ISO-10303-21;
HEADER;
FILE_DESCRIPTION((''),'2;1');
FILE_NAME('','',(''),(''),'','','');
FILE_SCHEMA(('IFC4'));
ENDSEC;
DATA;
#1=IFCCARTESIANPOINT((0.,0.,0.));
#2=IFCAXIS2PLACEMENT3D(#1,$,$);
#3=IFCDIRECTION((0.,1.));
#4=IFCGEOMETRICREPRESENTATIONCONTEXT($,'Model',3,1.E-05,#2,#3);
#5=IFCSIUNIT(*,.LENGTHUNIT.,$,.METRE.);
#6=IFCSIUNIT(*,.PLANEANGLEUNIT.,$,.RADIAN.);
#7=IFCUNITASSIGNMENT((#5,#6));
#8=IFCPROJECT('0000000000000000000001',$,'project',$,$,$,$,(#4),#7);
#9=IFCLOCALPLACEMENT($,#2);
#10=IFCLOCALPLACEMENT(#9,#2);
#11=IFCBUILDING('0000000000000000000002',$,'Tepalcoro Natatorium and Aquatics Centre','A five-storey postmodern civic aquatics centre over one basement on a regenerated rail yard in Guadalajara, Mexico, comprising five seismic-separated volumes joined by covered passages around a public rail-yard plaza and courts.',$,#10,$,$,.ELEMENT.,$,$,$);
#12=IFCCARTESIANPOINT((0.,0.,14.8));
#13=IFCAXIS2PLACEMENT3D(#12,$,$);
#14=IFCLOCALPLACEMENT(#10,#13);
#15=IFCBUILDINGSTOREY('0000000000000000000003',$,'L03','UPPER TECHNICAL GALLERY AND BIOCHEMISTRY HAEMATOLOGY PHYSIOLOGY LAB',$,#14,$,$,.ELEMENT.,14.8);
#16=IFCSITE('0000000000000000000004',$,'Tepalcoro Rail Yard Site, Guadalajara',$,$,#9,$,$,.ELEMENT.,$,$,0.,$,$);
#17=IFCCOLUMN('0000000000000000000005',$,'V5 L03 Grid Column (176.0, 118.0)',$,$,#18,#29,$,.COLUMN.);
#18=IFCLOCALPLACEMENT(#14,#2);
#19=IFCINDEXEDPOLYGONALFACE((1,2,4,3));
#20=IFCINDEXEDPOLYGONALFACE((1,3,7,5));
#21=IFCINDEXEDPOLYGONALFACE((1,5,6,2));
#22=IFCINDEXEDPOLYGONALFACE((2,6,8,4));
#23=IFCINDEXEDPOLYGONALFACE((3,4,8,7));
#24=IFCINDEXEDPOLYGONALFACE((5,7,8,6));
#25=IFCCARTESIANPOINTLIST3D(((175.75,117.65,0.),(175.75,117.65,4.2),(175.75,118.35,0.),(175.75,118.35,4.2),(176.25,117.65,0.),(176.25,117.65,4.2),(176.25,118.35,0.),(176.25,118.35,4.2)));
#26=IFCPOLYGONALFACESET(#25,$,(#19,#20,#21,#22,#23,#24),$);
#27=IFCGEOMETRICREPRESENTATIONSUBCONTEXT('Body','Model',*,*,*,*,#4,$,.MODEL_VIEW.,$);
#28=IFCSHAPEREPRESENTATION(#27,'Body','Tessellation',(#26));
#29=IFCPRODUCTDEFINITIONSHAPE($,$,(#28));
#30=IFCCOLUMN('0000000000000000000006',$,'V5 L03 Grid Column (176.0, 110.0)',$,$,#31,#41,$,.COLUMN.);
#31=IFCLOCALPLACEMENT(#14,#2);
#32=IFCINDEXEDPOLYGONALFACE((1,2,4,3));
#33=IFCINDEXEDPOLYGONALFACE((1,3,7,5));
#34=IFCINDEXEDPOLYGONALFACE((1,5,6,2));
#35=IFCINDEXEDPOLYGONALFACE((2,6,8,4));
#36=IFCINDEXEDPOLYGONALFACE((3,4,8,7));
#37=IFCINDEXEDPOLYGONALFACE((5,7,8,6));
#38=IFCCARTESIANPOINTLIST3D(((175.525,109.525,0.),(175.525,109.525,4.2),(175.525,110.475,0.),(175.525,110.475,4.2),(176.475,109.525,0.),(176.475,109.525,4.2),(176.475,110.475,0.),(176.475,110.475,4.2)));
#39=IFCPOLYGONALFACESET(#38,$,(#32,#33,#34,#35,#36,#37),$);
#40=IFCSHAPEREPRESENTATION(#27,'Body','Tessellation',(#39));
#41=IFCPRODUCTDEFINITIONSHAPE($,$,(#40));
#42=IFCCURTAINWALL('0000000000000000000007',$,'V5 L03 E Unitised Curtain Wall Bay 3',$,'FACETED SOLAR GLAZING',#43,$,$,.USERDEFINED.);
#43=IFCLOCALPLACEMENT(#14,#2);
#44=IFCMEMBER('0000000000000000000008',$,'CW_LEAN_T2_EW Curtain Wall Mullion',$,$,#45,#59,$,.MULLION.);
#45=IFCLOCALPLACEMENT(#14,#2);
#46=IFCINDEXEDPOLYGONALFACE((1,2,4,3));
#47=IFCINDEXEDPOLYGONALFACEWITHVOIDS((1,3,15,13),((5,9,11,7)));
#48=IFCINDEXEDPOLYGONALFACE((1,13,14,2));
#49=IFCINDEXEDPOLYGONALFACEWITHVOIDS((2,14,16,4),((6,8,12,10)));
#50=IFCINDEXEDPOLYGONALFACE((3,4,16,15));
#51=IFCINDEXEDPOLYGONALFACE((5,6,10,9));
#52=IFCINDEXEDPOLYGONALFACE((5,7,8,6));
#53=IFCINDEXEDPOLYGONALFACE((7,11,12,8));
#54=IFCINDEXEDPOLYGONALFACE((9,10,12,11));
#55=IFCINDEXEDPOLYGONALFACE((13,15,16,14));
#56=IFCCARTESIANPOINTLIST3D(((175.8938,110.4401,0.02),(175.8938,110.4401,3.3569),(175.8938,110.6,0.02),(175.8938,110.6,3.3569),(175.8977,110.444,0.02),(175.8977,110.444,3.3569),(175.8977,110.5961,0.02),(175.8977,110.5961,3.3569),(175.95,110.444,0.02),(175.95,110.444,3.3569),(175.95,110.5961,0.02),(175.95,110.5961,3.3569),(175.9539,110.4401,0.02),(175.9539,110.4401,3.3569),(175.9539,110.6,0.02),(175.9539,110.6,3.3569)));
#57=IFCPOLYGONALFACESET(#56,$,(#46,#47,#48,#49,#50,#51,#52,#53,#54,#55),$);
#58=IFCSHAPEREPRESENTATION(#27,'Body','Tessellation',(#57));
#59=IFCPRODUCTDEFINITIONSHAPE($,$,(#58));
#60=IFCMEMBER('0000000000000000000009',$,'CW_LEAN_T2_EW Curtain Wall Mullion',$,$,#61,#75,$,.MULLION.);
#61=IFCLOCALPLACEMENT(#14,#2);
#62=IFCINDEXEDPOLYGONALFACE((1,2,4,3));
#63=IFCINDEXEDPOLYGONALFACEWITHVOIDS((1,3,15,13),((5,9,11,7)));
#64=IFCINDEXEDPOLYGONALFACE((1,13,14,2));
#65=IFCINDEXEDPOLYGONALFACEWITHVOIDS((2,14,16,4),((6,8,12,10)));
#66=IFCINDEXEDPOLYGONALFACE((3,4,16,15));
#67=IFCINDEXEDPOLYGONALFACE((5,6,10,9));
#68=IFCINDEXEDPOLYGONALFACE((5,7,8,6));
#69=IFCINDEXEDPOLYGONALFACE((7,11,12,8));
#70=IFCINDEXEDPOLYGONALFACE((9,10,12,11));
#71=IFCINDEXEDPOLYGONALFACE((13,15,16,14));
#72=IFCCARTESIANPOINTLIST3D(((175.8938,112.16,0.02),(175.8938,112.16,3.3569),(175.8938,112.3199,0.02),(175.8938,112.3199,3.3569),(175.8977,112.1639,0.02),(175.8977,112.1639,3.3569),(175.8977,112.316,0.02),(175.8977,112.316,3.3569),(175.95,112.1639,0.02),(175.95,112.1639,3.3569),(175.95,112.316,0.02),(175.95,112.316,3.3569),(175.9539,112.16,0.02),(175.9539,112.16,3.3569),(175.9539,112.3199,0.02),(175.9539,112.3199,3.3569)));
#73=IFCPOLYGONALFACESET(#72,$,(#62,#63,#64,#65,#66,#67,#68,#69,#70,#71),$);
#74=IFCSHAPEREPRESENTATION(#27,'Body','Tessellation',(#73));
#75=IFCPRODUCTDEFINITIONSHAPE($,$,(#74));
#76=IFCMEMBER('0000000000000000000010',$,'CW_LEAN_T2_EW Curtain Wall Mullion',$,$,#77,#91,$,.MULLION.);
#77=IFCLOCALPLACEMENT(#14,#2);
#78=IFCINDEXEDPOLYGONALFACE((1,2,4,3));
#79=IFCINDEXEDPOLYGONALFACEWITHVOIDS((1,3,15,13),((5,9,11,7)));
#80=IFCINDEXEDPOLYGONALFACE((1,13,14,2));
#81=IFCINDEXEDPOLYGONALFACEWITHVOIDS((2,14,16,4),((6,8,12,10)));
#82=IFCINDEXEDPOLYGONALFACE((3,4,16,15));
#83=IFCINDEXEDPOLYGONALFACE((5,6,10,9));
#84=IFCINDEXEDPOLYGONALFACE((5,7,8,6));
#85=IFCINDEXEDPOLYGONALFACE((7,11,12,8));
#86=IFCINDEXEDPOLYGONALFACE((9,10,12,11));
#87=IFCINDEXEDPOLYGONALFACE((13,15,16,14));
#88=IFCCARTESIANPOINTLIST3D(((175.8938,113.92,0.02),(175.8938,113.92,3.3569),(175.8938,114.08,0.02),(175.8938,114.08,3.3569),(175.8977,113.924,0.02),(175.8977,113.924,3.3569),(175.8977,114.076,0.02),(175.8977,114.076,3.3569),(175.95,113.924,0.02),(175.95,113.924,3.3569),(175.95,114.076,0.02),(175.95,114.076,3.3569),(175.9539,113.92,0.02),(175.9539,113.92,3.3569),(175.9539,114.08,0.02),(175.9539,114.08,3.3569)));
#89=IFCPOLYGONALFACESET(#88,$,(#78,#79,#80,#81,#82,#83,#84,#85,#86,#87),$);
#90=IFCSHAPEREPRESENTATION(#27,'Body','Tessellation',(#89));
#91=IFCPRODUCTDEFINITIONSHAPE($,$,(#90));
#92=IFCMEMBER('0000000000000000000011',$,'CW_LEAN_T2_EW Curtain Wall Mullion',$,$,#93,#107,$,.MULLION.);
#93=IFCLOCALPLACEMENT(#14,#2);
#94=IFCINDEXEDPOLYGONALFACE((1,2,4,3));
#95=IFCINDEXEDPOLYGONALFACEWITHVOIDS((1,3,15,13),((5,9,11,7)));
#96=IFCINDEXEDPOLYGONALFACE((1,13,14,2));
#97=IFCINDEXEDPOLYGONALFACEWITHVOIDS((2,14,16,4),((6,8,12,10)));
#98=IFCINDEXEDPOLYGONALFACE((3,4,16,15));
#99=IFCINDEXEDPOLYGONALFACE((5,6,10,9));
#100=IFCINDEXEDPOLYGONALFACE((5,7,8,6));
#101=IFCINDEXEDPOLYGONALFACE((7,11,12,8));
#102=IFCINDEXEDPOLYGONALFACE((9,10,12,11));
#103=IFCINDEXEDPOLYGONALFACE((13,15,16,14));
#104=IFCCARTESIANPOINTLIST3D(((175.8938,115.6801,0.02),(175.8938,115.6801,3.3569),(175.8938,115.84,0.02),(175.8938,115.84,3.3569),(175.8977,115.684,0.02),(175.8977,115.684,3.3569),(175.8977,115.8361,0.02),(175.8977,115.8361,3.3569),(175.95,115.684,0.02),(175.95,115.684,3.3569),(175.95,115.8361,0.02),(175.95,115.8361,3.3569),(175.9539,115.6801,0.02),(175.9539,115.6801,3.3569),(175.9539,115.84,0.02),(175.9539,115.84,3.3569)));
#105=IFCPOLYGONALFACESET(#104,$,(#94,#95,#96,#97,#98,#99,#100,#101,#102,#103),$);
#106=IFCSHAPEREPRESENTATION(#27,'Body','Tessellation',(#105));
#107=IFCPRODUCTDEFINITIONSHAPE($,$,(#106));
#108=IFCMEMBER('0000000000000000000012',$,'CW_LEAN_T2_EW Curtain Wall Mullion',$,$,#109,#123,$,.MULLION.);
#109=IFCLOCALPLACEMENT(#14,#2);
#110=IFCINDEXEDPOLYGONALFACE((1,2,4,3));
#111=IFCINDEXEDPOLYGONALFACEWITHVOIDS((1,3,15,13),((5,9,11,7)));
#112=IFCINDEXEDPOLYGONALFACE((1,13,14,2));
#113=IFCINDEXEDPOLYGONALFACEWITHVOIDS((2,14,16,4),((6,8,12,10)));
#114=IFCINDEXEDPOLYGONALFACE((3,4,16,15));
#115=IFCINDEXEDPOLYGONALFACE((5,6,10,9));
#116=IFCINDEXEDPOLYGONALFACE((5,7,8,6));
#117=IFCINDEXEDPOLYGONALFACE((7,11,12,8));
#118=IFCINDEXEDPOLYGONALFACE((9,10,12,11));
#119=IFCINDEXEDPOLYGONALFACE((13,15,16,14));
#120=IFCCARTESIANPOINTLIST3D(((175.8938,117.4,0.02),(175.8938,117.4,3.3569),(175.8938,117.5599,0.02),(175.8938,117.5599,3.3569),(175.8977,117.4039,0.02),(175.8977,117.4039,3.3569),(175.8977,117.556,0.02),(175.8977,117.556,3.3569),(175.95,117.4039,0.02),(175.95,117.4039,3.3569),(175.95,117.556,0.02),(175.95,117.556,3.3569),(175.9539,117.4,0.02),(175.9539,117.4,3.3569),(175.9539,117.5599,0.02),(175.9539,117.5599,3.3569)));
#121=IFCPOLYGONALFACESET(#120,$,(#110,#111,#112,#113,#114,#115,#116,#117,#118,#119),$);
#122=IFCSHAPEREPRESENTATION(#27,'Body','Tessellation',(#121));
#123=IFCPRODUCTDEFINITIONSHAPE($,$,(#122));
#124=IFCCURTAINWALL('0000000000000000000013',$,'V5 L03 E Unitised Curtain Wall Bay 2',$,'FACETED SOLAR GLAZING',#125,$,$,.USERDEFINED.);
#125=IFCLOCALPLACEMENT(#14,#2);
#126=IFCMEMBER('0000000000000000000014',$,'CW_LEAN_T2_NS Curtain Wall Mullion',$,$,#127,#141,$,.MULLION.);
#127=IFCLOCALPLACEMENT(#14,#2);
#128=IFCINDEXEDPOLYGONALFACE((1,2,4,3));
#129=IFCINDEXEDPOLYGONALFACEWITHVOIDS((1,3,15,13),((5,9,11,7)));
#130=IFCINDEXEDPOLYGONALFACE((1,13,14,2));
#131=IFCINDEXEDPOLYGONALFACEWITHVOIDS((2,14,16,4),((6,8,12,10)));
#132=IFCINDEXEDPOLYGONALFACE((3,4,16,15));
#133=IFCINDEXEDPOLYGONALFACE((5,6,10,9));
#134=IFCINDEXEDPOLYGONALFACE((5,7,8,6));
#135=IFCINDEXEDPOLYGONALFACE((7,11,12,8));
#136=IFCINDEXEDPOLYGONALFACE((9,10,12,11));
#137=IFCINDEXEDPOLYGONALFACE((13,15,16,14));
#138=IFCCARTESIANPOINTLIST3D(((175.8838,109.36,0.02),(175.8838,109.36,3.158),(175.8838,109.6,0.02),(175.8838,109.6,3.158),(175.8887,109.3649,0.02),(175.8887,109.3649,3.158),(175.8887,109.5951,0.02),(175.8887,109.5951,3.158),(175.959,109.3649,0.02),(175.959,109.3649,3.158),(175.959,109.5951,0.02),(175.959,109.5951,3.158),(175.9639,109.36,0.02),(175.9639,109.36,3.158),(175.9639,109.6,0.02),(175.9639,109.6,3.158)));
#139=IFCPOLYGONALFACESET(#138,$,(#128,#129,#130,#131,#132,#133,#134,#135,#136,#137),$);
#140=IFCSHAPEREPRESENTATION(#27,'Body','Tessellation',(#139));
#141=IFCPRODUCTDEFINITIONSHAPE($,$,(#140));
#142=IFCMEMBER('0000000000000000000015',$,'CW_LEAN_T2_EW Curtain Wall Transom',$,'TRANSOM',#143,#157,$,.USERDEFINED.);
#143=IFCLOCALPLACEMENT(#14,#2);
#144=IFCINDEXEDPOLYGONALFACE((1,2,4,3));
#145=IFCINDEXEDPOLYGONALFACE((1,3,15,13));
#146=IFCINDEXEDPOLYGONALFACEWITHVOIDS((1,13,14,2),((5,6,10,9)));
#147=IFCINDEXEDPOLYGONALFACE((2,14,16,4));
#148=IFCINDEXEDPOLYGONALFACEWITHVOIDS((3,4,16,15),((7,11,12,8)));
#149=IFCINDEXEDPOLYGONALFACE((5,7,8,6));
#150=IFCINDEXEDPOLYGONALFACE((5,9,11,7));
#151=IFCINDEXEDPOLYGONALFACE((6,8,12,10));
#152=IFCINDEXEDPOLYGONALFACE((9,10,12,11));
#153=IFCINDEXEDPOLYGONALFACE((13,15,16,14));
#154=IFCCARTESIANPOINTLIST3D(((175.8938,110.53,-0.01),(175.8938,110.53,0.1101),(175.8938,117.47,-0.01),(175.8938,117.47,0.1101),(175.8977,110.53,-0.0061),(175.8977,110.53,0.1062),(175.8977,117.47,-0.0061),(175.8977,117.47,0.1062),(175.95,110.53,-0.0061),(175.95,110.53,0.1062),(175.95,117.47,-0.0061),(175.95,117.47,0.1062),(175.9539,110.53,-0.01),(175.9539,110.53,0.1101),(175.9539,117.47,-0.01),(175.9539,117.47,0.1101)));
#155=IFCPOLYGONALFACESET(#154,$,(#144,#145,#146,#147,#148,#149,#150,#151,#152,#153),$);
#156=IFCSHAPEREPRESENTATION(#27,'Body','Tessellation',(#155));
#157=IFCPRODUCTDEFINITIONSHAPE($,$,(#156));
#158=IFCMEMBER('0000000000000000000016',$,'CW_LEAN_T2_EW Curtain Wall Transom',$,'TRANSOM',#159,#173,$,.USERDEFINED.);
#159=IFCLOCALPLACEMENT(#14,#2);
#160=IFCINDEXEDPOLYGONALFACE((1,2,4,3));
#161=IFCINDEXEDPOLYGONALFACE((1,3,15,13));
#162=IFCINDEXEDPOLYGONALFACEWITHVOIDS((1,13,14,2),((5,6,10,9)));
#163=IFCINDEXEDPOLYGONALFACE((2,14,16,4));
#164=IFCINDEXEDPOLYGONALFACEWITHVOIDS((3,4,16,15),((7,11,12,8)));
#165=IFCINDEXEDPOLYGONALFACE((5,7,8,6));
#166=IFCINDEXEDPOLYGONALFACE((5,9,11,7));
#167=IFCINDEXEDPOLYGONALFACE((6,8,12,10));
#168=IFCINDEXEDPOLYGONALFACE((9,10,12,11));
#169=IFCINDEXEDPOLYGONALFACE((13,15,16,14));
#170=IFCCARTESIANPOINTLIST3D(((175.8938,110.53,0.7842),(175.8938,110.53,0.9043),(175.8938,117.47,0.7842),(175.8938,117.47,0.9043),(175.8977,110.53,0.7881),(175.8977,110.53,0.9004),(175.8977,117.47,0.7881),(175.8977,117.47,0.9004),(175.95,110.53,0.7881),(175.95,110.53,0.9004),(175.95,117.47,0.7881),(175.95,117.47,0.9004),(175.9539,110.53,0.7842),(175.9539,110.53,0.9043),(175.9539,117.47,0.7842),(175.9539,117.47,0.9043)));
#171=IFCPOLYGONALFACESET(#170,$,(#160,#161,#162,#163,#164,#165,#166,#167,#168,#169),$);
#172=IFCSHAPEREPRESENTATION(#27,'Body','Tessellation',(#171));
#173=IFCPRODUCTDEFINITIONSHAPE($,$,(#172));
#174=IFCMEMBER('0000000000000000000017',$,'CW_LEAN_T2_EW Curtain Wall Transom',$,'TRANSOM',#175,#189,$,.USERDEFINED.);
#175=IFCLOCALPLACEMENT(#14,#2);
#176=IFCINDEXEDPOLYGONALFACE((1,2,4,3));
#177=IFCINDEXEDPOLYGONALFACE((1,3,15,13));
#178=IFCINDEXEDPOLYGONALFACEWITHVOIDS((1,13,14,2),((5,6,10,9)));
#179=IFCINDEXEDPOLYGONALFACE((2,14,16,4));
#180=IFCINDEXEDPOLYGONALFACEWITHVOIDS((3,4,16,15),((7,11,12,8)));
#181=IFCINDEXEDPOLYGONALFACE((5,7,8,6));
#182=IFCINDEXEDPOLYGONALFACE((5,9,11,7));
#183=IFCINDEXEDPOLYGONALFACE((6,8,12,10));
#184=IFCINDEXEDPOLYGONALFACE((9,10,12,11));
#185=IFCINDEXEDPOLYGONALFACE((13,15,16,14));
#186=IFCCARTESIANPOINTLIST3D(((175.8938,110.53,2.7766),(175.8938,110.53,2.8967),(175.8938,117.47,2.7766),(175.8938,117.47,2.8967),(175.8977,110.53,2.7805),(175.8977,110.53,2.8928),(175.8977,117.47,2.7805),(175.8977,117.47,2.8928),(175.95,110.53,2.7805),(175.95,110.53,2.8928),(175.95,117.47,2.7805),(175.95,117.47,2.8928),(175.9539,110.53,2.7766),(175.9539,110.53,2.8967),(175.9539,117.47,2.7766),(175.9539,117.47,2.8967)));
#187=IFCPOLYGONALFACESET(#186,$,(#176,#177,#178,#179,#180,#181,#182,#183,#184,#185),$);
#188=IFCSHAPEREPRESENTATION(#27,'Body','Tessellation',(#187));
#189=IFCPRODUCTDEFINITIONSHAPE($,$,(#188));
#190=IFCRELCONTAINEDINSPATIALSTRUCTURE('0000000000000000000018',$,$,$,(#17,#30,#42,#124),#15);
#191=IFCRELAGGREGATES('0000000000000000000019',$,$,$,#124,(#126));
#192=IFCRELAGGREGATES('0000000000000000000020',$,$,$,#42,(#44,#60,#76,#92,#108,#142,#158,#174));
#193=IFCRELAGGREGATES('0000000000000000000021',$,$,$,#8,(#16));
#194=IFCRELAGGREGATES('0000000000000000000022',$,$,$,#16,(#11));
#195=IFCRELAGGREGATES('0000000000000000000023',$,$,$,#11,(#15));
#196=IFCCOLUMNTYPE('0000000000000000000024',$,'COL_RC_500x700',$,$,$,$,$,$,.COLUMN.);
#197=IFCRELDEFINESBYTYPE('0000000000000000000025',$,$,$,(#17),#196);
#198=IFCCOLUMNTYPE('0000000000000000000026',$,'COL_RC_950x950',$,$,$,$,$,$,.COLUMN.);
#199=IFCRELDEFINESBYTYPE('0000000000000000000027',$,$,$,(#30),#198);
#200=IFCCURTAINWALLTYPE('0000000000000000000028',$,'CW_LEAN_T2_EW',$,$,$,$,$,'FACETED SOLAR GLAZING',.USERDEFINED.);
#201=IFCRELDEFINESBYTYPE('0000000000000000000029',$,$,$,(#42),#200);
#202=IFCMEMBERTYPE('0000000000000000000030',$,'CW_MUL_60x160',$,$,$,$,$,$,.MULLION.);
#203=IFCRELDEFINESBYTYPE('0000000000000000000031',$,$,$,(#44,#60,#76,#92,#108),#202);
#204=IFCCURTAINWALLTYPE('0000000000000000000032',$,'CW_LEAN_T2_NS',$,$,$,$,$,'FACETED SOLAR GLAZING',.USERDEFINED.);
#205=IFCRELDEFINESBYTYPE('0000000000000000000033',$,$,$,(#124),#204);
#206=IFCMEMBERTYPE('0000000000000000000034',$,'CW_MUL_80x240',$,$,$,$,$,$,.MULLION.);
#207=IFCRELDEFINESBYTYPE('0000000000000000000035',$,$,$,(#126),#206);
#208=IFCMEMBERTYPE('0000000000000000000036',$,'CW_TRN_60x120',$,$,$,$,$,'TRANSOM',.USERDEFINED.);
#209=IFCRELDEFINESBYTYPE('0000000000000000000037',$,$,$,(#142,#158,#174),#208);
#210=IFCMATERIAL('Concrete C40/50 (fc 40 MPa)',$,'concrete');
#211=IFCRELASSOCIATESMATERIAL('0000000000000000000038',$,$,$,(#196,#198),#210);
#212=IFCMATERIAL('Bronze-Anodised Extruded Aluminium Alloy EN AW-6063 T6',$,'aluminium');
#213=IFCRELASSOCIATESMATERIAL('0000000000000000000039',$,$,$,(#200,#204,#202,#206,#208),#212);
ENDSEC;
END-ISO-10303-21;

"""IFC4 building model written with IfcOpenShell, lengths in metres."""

from ifc_helpers import new_model, si_unit, direction, frame, origin, origin_2d, place, context, subcontext, project, spatial, rectangle, hollow_rectangle, extrude, material, material_profile, profile_set, type_object, element, aggregate, save


model = new_model("IFC4")

# Units and contexts
model_context = context("Model", 3, precision=1e-05, world=origin(), true_north=direction((0.0, 1.0)))
body_context = subcontext(model_context, "Body", "Model", "MODEL_VIEW")
ifc_project = project(units=[si_unit("LENGTHUNIT", "METRE"), si_unit("PLANEANGLEUNIT", "RADIAN")], contexts=[model_context])

# Site, building, storey
site_placement = place(None, origin())
site = spatial("IfcSite", under=ifc_project, at=site_placement, Name="Tepalcoro Rail Yard Site, Guadalajara", CompositionType="ELEMENT", RefElevation=0.0)
building_placement = place(site_placement, origin())
building = spatial("IfcBuilding", under=site, at=building_placement, Name="Tepalcoro Natatorium and Aquatics Centre", Description="A five-storey postmodern civic aquatics centre over one basement on a regenerated rail yard in Guadalajara, Mexico, comprising five seismic-separated volumes joined by covered passages around a public rail-yard plaza and courts.", CompositionType="ELEMENT")
storey_placement = place(building_placement, frame((0.0, 0.0, 14.8)))
storey = spatial("IfcBuildingStorey", under=building, at=storey_placement, Name="L03", Description="UPPER TECHNICAL GALLERY AND BIOCHEMISTRY HAEMATOLOGY PHYSIOLOGY LAB", CompositionType="ELEMENT", Elevation=14.8)

# Columns
ifc_material_1 = material(Name="Concrete C40/50 (fc 40 MPa)", Category="concrete")
ifc_material_profile_1 = material_profile(ifc_material_1, rectangle(XDim=0.5, YDim=0.7, at=origin_2d()), Name="RC500x700")
ifc_profile_set_1 = profile_set([ifc_material_profile_1], Name="Concrete C40/50 (fc 40 MPa)")
column_type_1 = type_object("IfcColumnType", Name="COL_RC_500x700", PredefinedType="COLUMN", material=ifc_profile_set_1)
column_1_placement = place(storey_placement, frame((176.0, 118.0, 0.0), z_axis=(0.0, 0.0, 1.0), x_axis=(1.0, 0.0, 0.0)))
element("IfcColumn", 1, at=column_1_placement, inside=storey, type_object=column_type_1, Name="V5 L03 Grid Column (176.0, 118.0)", PredefinedType="COLUMN", context=body_context, shape_type="SweptSolid", body=[
    extrude(rectangle(XDim=0.5, YDim=0.7, at=origin_2d()), origin(), (0.0, 0.0, 1.0), 4.2),
])
ifc_material_profile_2 = material_profile(ifc_material_1, rectangle(XDim=0.95, YDim=0.95, at=origin_2d()), Name="RC950x950")
ifc_profile_set_2 = profile_set([ifc_material_profile_2], Name="Concrete C40/50 (fc 40 MPa)")
column_type_2 = type_object("IfcColumnType", Name="COL_RC_950x950", PredefinedType="COLUMN", material=ifc_profile_set_2)
column_2_placement = place(storey_placement, frame((176.0, 110.0, 0.0), z_axis=(0.0, 0.0, 1.0), x_axis=(1.0, 0.0, 0.0)))
element("IfcColumn", 2, at=column_2_placement, inside=storey, type_object=column_type_2, Name="V5 L03 Grid Column (176.0, 110.0)", PredefinedType="COLUMN", context=body_context, shape_type="SweptSolid", body=[
    extrude(rectangle(XDim=0.95, YDim=0.95, at=origin_2d()), origin(), (0.0, 0.0, 1.0), 4.2),
])

# Curtain wall, members
ifc_material_2 = material(Name="Bronze-Anodised Extruded Aluminium Alloy EN AW-6063 T6", Category="aluminium")
curtain_wall_type_1 = type_object("IfcCurtainWallType", Name="CW_LEAN_T2_EW", ElementType="FACETED SOLAR GLAZING", PredefinedType="USERDEFINED", material=ifc_material_2)
curtain_wall_1_placement = place(storey_placement, origin())
curtain_wall_1 = element("IfcCurtainWall", 3, at=curtain_wall_1_placement, inside=storey, type_object=curtain_wall_type_1, Name="V5 L03 E Unitised Curtain Wall Bay 3", ObjectType="FACETED SOLAR GLAZING", PredefinedType="USERDEFINED")
ifc_material_profile_3 = material_profile(ifc_material_2, hollow_rectangle(XDim=0.0601, YDim=0.1599, WallThickness=0.0039, at=origin_2d()), Name="AL60X160X4")
ifc_profile_set_3 = profile_set([ifc_material_profile_3], Name="Bronze-Anodised Extruded Aluminium Alloy EN AW-6063 T6")
member_type_1 = type_object("IfcMemberType", Name="CW_MUL_60x160", PredefinedType="MULLION", material=ifc_profile_set_3)
member_1_placement = place(storey_placement, frame((175.9238, 110.52, 0.02), z_axis=(0.0, 0.0, 1.0), x_axis=(1.0, 0.0, 0.0)))
member_1 = element("IfcMember", 4, at=member_1_placement, type_object=member_type_1, Name="CW_LEAN_T2_EW Curtain Wall Mullion", PredefinedType="MULLION", context=body_context, shape_type="SweptSolid", body=[
    extrude(hollow_rectangle(XDim=0.0601, YDim=0.1599, WallThickness=0.0039, at=origin_2d()), origin(), (0.0, 0.0, 1.0), 3.3369),
])
member_2_placement = place(storey_placement, frame((175.9238, 112.24, 0.02), z_axis=(0.0, 0.0, 1.0), x_axis=(1.0, 0.0, 0.0)))
member_2 = element("IfcMember", 5, at=member_2_placement, type_object=member_type_1, Name="CW_LEAN_T2_EW Curtain Wall Mullion", PredefinedType="MULLION", context=body_context, shape_type="SweptSolid", body=[
    extrude(hollow_rectangle(XDim=0.0601, YDim=0.1599, WallThickness=0.0039, at=origin_2d()), origin(), (0.0, 0.0, 1.0), 3.3369),
])
member_3_placement = place(storey_placement, frame((175.9238, 114.0, 0.02), z_axis=(0.0, 0.0, 1.0), x_axis=(1.0, 0.0, 0.0)))
member_3 = element("IfcMember", 6, at=member_3_placement, type_object=member_type_1, Name="CW_LEAN_T2_EW Curtain Wall Mullion", PredefinedType="MULLION", context=body_context, shape_type="SweptSolid", body=[
    extrude(hollow_rectangle(XDim=0.0601, YDim=0.1599, WallThickness=0.0039, at=origin_2d()), origin(), (0.0, 0.0, 1.0), 3.3369),
])
member_4_placement = place(storey_placement, frame((175.9238, 115.76, 0.02), z_axis=(0.0, 0.0, 1.0), x_axis=(1.0, 0.0, 0.0)))
member_4 = element("IfcMember", 7, at=member_4_placement, type_object=member_type_1, Name="CW_LEAN_T2_EW Curtain Wall Mullion", PredefinedType="MULLION", context=body_context, shape_type="SweptSolid", body=[
    extrude(hollow_rectangle(XDim=0.0601, YDim=0.1599, WallThickness=0.0039, at=origin_2d()), origin(), (0.0, 0.0, 1.0), 3.3369),
])
member_5_placement = place(storey_placement, frame((175.9238, 117.48, 0.02), z_axis=(0.0, 0.0, 1.0), x_axis=(1.0, 0.0, 0.0)))
member_5 = element("IfcMember", 8, at=member_5_placement, type_object=member_type_1, Name="CW_LEAN_T2_EW Curtain Wall Mullion", PredefinedType="MULLION", context=body_context, shape_type="SweptSolid", body=[
    extrude(hollow_rectangle(XDim=0.0601, YDim=0.1599, WallThickness=0.0039, at=origin_2d()), origin(), (0.0, 0.0, 1.0), 3.3369),
])

# Curtain wall, member
curtain_wall_type_2 = type_object("IfcCurtainWallType", Name="CW_LEAN_T2_NS", ElementType="FACETED SOLAR GLAZING", PredefinedType="USERDEFINED", material=ifc_material_2)
curtain_wall_2_placement = place(storey_placement, origin())
curtain_wall_2 = element("IfcCurtainWall", 9, at=curtain_wall_2_placement, inside=storey, type_object=curtain_wall_type_2, Name="V5 L03 E Unitised Curtain Wall Bay 2", ObjectType="FACETED SOLAR GLAZING", PredefinedType="USERDEFINED")
ifc_material_profile_4 = material_profile(ifc_material_2, hollow_rectangle(XDim=0.0801, YDim=0.24, WallThickness=0.0049, at=origin_2d()), Name="AL80X240X5")
ifc_profile_set_4 = profile_set([ifc_material_profile_4], Name="Bronze-Anodised Extruded Aluminium Alloy EN AW-6063 T6")
member_type_2 = type_object("IfcMemberType", Name="CW_MUL_80x240", PredefinedType="MULLION", material=ifc_profile_set_4)
member_6_placement = place(storey_placement, frame((175.9238, 109.48, 0.02), z_axis=(0.0, 0.0, 1.0), x_axis=(1.0, 0.0, 0.0)))
member_6 = element("IfcMember", 10, at=member_6_placement, type_object=member_type_2, Name="CW_LEAN_T2_NS Curtain Wall Mullion", PredefinedType="MULLION", context=body_context, shape_type="SweptSolid", body=[
    extrude(hollow_rectangle(XDim=0.0801, YDim=0.24, WallThickness=0.0049, at=origin_2d()), origin(), (0.0, 0.0, 1.0), 3.1379),
])

# Members
ifc_material_profile_5 = material_profile(ifc_material_2, hollow_rectangle(XDim=0.0601, YDim=0.1201, WallThickness=0.0039, at=origin_2d()), Name="AL60X120X4")
ifc_profile_set_5 = profile_set([ifc_material_profile_5], Name="Bronze-Anodised Extruded Aluminium Alloy EN AW-6063 T6")
member_type_3 = type_object("IfcMemberType", Name="CW_TRN_60x120", ElementType="TRANSOM", PredefinedType="USERDEFINED", material=ifc_profile_set_5)
member_7_placement = place(storey_placement, frame((175.9238, 110.53, 0.05), z_axis=(0.0, 1.0, 0.0), x_axis=(-1.0, 0.0, 0.0)))
member_7 = element("IfcMember", 11, at=member_7_placement, type_object=member_type_3, Name="CW_LEAN_T2_EW Curtain Wall Transom", ObjectType="TRANSOM", PredefinedType="USERDEFINED", context=body_context, shape_type="SweptSolid", body=[
    extrude(hollow_rectangle(XDim=0.0601, YDim=0.1201, WallThickness=0.0039, at=origin_2d()), origin(), (0.0, 0.0, 1.0), 6.9399),
])
member_8_placement = place(storey_placement, frame((175.9238, 110.53, 0.8442), z_axis=(0.0, 1.0, 0.0), x_axis=(-1.0, 0.0, 0.0)))
member_8 = element("IfcMember", 12, at=member_8_placement, type_object=member_type_3, Name="CW_LEAN_T2_EW Curtain Wall Transom", ObjectType="TRANSOM", PredefinedType="USERDEFINED", context=body_context, shape_type="SweptSolid", body=[
    extrude(hollow_rectangle(XDim=0.0601, YDim=0.1201, WallThickness=0.0039, at=origin_2d()), origin(), (0.0, 0.0, 1.0), 6.9399),
])
member_9_placement = place(storey_placement, frame((175.9238, 110.53, 2.8367), z_axis=(0.0, 1.0, 0.0), x_axis=(-1.0, 0.0, 0.0)))
member_9 = element("IfcMember", 13, at=member_9_placement, type_object=member_type_3, Name="CW_LEAN_T2_EW Curtain Wall Transom", ObjectType="TRANSOM", PredefinedType="USERDEFINED", context=body_context, shape_type="SweptSolid", body=[
    extrude(hollow_rectangle(XDim=0.0601, YDim=0.1201, WallThickness=0.0039, at=origin_2d()), origin(), (0.0, 0.0, 1.0), 6.9399),
])

aggregate(curtain_wall_2, [member_6])
aggregate(curtain_wall_1, [member_1, member_2, member_3, member_4, member_5, member_7, member_8, member_9])

save(model, "model.ifc")
